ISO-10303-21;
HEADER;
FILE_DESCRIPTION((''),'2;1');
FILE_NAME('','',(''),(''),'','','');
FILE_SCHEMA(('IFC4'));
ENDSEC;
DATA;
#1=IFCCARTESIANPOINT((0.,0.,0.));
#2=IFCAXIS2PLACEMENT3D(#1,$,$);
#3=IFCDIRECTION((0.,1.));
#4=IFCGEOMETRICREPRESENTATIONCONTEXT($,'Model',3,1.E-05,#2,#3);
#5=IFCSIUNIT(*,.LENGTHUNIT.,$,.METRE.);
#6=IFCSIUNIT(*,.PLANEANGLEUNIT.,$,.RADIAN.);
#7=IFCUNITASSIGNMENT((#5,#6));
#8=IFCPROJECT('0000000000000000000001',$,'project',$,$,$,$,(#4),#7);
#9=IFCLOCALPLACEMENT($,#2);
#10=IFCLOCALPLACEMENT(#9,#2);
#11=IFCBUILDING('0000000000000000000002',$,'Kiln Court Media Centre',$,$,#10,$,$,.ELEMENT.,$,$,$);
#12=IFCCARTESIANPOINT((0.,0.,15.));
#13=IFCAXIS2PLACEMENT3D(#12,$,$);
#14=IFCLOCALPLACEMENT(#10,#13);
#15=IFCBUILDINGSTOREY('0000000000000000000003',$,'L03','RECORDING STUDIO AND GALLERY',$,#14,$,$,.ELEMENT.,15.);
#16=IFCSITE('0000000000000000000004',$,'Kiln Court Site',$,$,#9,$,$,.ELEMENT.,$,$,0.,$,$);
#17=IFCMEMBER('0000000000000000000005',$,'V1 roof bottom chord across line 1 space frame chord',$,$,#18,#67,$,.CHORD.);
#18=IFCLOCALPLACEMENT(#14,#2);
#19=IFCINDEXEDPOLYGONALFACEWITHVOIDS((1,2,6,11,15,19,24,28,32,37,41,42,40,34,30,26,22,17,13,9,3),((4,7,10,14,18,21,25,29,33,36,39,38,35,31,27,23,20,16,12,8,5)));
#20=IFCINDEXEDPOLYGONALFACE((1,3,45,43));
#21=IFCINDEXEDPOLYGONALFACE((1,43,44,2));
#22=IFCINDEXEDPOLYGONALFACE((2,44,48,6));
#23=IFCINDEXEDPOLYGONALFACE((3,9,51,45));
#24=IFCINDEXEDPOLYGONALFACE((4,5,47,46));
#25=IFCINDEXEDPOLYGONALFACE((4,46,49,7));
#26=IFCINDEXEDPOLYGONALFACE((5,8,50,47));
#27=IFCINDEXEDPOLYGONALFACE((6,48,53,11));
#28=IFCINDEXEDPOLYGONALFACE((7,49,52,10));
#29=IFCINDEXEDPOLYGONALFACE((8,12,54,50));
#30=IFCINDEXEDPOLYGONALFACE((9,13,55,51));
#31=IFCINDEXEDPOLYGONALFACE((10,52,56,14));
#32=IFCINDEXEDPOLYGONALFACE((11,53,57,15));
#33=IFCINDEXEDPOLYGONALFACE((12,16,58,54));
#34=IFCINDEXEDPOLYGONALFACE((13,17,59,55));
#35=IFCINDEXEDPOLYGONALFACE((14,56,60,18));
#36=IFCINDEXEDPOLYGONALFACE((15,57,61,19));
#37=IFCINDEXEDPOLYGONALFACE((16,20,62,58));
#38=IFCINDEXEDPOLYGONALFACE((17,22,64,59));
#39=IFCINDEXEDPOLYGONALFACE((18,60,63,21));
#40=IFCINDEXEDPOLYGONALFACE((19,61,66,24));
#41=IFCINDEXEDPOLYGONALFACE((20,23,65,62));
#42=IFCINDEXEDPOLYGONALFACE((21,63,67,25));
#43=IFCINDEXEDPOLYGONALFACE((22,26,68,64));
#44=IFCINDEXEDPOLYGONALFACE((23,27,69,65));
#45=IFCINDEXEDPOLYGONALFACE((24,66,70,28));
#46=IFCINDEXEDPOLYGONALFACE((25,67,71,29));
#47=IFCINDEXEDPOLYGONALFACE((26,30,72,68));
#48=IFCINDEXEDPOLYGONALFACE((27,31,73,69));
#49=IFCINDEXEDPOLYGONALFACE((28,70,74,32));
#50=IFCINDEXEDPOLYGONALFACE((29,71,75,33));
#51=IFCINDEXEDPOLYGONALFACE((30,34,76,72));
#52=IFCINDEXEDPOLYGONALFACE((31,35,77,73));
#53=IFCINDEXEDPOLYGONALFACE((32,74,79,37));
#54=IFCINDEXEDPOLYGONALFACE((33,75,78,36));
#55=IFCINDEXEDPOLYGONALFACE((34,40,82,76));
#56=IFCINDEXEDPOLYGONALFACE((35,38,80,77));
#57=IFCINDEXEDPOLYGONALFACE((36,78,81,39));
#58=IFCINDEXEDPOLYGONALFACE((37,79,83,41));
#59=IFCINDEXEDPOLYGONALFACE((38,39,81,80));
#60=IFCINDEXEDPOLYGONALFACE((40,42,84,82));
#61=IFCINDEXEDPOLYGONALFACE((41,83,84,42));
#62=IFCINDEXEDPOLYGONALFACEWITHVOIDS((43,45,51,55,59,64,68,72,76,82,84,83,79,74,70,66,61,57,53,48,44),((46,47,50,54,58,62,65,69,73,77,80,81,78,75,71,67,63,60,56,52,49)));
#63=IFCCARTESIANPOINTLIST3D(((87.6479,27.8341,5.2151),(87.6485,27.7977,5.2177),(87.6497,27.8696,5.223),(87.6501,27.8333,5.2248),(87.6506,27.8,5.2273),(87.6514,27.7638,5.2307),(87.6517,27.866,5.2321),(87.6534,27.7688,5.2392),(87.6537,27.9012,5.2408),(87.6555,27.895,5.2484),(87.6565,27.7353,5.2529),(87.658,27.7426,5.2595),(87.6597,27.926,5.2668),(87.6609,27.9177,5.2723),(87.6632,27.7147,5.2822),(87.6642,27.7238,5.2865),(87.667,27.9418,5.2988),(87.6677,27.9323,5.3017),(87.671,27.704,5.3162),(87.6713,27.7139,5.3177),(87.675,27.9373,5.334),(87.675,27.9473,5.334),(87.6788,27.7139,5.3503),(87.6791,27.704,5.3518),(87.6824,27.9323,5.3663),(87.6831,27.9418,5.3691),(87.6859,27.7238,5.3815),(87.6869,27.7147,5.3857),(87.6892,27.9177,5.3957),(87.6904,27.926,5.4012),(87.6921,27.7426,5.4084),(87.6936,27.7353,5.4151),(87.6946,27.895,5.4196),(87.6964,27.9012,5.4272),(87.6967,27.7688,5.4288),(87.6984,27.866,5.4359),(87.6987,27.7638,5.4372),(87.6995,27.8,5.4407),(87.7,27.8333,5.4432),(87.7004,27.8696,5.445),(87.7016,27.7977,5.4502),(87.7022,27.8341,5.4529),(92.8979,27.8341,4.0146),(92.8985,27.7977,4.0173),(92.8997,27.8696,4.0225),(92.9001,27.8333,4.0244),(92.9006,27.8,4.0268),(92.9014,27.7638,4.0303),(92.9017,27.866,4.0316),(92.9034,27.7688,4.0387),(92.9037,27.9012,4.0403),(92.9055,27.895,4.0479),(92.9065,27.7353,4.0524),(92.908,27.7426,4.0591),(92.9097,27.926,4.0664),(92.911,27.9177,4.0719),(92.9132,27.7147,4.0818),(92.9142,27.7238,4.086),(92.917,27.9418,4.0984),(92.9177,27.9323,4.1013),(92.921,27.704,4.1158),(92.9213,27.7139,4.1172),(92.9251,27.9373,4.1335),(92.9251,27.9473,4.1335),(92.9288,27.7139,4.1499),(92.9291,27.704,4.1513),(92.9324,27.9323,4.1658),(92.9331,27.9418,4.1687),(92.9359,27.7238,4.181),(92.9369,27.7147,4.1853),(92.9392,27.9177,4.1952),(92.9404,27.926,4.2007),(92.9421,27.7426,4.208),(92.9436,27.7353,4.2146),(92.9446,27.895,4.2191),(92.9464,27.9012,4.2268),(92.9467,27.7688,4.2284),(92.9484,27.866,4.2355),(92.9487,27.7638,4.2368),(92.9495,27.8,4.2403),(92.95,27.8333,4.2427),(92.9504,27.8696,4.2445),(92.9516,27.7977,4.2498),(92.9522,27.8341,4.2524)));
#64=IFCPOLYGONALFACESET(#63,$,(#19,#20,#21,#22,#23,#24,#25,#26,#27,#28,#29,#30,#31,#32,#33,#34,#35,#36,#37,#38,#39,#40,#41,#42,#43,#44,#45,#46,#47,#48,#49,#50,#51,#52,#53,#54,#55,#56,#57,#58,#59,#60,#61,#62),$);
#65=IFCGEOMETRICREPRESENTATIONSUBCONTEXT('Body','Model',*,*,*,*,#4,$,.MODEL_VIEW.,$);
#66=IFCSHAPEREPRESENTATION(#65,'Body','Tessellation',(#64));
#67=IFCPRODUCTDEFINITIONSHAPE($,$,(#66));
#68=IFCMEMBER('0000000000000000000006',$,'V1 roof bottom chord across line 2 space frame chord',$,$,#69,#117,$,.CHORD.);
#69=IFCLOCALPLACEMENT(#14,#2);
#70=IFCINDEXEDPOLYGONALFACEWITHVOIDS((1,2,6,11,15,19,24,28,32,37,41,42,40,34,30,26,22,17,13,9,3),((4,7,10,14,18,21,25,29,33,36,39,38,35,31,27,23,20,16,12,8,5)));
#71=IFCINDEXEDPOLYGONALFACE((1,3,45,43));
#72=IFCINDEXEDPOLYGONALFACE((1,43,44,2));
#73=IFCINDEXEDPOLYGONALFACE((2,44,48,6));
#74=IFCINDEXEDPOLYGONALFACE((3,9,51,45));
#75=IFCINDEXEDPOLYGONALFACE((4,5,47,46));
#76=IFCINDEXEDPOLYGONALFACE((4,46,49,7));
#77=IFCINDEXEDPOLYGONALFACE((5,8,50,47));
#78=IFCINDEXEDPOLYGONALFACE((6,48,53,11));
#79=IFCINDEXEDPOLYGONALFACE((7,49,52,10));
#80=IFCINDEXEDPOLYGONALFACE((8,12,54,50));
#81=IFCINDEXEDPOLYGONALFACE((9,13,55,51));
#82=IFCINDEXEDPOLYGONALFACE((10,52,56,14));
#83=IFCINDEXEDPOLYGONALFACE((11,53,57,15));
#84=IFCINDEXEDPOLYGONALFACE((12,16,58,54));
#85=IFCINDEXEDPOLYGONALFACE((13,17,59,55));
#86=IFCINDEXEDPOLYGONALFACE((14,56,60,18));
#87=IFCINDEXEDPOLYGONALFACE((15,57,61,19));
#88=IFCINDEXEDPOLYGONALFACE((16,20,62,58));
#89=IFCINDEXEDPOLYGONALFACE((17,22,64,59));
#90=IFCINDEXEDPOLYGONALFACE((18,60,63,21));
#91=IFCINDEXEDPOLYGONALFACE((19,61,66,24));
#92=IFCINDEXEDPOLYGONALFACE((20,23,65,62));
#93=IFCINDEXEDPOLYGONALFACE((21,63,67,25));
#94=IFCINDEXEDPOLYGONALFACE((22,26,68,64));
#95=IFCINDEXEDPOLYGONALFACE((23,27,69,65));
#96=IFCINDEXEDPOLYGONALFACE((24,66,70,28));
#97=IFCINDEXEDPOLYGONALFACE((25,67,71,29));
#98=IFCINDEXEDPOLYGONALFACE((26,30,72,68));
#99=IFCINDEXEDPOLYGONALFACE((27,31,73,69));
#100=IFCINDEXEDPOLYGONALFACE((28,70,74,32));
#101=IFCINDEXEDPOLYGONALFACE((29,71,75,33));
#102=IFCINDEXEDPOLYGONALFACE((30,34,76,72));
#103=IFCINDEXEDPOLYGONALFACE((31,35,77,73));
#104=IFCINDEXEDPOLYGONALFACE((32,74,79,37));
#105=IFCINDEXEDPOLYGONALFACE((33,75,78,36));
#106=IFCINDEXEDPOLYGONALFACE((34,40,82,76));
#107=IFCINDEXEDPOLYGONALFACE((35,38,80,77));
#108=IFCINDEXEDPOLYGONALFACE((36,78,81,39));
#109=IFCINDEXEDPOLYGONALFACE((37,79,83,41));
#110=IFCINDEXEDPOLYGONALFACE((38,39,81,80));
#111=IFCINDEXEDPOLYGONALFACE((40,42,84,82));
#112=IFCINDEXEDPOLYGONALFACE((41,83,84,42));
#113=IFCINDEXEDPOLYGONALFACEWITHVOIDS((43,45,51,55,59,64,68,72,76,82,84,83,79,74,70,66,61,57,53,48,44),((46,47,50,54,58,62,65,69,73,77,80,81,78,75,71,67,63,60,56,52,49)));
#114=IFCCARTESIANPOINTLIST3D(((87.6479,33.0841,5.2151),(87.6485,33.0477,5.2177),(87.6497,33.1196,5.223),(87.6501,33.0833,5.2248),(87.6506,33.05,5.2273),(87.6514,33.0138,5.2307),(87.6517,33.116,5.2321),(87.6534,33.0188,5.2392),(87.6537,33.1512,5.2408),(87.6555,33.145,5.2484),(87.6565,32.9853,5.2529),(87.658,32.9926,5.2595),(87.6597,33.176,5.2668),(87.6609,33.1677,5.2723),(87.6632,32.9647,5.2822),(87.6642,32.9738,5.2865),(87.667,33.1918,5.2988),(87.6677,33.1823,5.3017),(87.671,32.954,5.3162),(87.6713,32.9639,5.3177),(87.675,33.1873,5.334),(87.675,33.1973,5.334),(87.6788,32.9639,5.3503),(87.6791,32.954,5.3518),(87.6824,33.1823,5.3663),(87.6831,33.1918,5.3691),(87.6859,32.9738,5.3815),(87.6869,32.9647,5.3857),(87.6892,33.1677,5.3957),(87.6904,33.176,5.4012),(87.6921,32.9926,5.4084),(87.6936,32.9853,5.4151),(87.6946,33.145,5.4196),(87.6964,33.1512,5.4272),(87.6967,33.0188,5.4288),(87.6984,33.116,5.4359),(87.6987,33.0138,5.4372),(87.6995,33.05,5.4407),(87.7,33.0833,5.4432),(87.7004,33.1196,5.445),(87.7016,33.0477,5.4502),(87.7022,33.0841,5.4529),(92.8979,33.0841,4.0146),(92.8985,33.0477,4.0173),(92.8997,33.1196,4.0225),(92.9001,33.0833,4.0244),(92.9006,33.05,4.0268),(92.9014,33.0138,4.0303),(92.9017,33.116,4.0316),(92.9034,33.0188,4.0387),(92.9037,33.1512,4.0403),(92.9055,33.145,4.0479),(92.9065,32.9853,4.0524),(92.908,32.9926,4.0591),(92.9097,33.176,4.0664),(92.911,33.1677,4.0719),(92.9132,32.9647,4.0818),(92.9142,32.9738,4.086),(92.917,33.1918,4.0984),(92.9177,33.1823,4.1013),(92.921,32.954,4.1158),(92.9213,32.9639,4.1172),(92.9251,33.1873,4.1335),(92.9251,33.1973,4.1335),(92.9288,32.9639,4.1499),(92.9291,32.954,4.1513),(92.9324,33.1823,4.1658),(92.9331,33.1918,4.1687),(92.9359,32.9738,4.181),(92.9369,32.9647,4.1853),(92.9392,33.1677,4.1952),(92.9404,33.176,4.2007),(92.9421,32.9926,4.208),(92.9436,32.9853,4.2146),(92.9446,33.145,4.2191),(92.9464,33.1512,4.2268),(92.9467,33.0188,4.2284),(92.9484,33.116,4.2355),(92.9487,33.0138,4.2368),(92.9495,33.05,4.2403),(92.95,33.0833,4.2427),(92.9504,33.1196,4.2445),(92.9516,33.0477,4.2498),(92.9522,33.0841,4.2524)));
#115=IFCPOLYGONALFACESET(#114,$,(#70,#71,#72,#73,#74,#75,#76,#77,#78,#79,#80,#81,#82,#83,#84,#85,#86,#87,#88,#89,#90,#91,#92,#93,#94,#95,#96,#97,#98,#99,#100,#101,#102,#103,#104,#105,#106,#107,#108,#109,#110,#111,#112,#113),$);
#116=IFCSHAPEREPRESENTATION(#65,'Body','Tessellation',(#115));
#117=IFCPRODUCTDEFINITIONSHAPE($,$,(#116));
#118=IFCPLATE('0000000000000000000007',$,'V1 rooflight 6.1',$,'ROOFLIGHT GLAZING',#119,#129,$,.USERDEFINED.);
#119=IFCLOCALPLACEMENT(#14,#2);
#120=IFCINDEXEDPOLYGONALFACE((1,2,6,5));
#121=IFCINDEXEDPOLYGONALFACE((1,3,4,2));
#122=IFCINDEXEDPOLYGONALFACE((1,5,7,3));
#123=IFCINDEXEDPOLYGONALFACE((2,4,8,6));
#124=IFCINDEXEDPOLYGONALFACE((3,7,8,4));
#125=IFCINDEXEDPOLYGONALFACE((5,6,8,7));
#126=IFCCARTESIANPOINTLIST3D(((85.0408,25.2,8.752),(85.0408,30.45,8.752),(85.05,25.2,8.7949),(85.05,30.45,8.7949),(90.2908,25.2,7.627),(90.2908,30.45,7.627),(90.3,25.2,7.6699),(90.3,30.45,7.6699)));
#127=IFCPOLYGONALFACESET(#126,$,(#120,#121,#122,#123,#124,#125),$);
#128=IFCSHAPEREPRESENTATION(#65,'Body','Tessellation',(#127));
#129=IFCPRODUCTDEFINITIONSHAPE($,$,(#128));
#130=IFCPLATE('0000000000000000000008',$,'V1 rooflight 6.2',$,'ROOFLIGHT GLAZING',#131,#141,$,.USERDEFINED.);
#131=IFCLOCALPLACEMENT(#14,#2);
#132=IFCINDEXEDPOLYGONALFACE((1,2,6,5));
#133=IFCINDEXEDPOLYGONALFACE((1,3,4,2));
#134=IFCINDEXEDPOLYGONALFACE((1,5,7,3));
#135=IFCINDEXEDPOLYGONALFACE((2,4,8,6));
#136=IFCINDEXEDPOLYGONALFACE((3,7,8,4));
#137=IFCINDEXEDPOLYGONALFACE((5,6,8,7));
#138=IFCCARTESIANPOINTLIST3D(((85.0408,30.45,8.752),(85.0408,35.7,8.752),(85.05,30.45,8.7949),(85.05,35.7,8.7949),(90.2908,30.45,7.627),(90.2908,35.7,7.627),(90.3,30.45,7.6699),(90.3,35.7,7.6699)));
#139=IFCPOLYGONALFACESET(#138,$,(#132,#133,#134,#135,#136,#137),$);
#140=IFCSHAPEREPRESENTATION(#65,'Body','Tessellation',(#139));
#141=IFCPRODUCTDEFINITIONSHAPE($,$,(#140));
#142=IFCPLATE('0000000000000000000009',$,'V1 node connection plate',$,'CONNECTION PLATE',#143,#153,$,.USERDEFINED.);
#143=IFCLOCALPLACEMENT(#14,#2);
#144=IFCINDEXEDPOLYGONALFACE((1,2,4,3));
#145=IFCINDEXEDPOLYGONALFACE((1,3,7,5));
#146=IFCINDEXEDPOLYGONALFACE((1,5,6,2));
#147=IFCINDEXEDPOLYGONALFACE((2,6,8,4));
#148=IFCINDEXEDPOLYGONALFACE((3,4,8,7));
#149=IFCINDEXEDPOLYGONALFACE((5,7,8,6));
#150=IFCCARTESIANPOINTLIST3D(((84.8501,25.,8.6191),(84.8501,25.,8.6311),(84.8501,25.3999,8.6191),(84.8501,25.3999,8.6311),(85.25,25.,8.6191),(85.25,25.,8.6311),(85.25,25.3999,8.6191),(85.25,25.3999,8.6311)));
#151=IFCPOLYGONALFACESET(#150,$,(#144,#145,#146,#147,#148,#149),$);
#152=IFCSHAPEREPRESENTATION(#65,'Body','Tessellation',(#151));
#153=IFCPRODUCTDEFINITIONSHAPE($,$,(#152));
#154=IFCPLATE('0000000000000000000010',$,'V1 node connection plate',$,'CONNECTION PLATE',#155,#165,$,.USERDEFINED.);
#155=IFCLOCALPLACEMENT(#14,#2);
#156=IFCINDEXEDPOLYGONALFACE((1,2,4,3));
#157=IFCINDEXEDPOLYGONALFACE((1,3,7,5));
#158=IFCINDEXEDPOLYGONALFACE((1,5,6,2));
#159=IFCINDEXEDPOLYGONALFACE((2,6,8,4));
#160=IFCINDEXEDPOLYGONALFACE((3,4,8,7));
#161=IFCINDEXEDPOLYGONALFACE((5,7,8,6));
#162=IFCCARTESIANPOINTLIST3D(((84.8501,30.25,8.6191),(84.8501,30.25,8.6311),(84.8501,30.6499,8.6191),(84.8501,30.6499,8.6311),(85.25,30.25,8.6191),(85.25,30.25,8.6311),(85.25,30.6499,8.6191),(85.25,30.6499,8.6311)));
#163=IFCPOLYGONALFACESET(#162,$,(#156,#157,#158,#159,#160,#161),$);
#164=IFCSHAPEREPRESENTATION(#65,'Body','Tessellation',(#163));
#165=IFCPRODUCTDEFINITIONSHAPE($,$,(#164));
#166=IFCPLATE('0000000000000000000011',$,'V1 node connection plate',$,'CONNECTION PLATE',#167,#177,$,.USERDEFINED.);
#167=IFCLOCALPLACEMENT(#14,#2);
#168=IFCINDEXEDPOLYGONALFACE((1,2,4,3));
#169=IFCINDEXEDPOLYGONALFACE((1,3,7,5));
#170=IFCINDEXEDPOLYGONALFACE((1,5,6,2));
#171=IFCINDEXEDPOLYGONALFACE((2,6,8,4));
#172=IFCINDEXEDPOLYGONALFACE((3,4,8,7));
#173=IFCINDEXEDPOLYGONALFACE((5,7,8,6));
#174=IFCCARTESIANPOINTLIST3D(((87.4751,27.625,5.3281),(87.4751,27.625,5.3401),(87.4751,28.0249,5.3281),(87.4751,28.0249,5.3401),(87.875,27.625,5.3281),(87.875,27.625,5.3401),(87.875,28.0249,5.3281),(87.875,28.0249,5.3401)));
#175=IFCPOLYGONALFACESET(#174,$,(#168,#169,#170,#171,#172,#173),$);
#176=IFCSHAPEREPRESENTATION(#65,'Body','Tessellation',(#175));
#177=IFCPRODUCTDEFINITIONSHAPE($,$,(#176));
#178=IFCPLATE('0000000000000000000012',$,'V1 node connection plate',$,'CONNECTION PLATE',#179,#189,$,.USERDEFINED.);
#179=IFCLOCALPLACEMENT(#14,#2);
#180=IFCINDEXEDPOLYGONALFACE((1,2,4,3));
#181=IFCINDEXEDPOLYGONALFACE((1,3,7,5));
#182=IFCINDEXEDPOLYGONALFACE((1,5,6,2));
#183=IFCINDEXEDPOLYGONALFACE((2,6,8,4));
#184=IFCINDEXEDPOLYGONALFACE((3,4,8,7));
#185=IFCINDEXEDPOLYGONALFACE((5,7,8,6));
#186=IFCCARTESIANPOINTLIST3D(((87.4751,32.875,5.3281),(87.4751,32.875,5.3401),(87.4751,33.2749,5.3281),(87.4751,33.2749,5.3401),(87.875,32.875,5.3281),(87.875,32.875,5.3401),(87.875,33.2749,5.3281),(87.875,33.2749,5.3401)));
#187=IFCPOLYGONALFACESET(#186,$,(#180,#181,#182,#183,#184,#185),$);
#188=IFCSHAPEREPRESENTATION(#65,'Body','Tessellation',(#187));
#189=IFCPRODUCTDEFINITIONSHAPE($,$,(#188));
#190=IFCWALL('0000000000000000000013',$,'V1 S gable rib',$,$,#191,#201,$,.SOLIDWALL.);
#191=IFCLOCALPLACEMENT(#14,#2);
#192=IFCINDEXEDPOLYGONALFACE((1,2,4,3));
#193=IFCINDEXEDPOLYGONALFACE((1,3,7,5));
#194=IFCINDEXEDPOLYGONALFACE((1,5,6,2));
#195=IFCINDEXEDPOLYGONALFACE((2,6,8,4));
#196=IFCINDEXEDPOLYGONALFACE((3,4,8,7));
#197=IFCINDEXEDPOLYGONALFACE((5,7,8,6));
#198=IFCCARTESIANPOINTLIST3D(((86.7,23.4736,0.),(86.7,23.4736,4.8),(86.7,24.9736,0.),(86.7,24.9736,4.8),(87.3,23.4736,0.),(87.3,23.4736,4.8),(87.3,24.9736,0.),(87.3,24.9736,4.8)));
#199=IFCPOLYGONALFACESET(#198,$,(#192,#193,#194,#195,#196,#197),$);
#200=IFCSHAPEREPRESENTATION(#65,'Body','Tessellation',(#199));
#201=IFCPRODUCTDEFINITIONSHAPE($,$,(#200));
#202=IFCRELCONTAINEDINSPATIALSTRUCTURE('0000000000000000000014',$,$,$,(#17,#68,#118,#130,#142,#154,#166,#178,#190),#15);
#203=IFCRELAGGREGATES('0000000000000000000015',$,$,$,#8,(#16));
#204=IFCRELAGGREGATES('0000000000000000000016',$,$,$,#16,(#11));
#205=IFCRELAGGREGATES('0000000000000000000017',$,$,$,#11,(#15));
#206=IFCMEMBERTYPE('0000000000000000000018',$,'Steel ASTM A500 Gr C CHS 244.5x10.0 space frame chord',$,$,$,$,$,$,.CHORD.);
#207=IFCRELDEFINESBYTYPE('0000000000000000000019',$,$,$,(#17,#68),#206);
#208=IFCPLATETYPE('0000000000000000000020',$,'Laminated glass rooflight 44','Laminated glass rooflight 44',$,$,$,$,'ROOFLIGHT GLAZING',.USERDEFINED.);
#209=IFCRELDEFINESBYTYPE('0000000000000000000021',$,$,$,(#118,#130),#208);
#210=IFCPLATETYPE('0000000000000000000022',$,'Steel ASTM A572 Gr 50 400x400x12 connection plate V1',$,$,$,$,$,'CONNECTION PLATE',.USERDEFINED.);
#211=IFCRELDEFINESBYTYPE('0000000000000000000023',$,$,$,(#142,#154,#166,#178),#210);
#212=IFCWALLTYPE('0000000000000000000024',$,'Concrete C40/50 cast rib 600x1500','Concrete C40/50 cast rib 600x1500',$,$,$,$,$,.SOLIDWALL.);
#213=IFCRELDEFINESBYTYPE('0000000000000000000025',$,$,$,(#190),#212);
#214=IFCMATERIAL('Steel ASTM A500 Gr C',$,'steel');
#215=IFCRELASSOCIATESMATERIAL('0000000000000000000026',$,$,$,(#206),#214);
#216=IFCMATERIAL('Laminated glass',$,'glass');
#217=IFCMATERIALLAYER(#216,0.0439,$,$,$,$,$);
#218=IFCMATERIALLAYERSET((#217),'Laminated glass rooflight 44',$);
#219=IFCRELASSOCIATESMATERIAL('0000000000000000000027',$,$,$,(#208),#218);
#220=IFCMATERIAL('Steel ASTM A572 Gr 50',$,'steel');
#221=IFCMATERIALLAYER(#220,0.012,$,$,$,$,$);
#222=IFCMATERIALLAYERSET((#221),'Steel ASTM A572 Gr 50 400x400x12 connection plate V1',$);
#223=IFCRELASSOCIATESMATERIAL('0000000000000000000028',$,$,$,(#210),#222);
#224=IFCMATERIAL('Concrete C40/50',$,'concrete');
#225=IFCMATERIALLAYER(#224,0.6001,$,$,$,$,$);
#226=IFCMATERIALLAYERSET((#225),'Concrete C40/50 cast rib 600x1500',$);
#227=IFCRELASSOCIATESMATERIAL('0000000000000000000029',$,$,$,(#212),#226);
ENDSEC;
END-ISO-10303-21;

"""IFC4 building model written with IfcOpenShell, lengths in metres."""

from ifc_helpers import new_model, si_unit, direction, frame, frame_2d, origin, origin_2d, place, context, subcontext, project, spatial, polyline, rectangle, hollow_circle, outline, extrude, material, layer, layer_set, material_profile, profile_set, type_object, element, save


model = new_model("IFC4")

# Units and contexts
model_context = context("Model", 3, precision=1e-05, world=origin(), true_north=direction((0.0, 1.0)))
body_context = subcontext(model_context, "Body", "Model", "MODEL_VIEW")
ifc_project = project(units=[si_unit("LENGTHUNIT", "METRE"), si_unit("PLANEANGLEUNIT", "RADIAN")], contexts=[model_context])

# Site, building, storey
site_placement = place(None, origin())
site = spatial("IfcSite", under=ifc_project, at=site_placement, Name="Kiln Court Site", CompositionType="ELEMENT", RefElevation=0.0)
building_placement = place(site_placement, origin())
building = spatial("IfcBuilding", under=site, at=building_placement, Name="Kiln Court Media Centre", CompositionType="ELEMENT")
storey_placement = place(building_placement, frame((0.0, 0.0, 15.0)))
storey = spatial("IfcBuildingStorey", under=building, at=storey_placement, Name="L03", Description="RECORDING STUDIO AND GALLERY", CompositionType="ELEMENT", Elevation=15.0)

# Members
ifc_material_1 = material(Name="Steel ASTM A500 Gr C", Category="steel")
ifc_material_profile_1 = material_profile(ifc_material_1, hollow_circle(Radius=0.1223, WallThickness=0.01, at=origin_2d()), Name="CHS 244.5x10.0")
ifc_profile_set_1 = profile_set([ifc_material_profile_1], Name="Steel ASTM A500 Gr C")
member_type_1 = type_object("IfcMemberType", Name="Steel ASTM A500 Gr C CHS 244.5x10.0 space frame chord", PredefinedType="CHORD", material=ifc_profile_set_1)
for number, where, z_axis, x_axis, name in (
    (1, (87.675, 27.825, 5.334), (0.974841, 0.0, -0.222902), (0.0, 1.0, 0.0), "V1 roof bottom chord across line 1 space frame chord"),
    (2, (87.675, 33.075, 5.334), (0.974841, 0.0, -0.222902), (0.0, 1.0, 0.0), "V1 roof bottom chord across line 2 space frame chord"),
):
    element("IfcMember", number, at=place(storey_placement, frame(where, z_axis=z_axis, x_axis=x_axis)), inside=storey, type_object=member_type_1, Name=name, PredefinedType="CHORD", context=body_context, shape_type="SweptSolid", body=[
        extrude(hollow_circle(Radius=0.1223, WallThickness=0.01, at=origin_2d()), origin(), (0.0, 0.0, 1.0), 5.3855),
    ])

# Plates
ifc_material_2 = material(Name="Laminated glass", Category="glass")
ifc_layer_1 = layer(ifc_material_2, 0.0439)
ifc_layer_set_1 = layer_set([ifc_layer_1], Name="Laminated glass rooflight 44")
plate_type_1 = type_object("IfcPlateType", Name="Laminated glass rooflight 44", Description="Laminated glass rooflight 44", ElementType="ROOFLIGHT GLAZING", PredefinedType="USERDEFINED", material=ifc_layer_set_1)
for number, where, z_axis, x_axis, name in (
    (3, (85.05, 25.2, 8.7949), (0.209529, 0.0, 0.977802), (0.977802, 0.0, -0.209529), "V1 rooflight 6.1"),
    (4, (85.05, 30.45, 8.7949), (0.209529, 0.0, 0.977802), (0.977802, 0.0, -0.209529), "V1 rooflight 6.2"),
):
    element("IfcPlate", number, at=place(storey_placement, frame(where, z_axis=z_axis, x_axis=x_axis)), inside=storey, type_object=plate_type_1, Name=name, ObjectType="ROOFLIGHT GLAZING", PredefinedType="USERDEFINED", context=body_context, shape_type="SweptSolid", body=[
        extrude(outline(polyline([(0.0, 0.0), (5.3692, 0.0), (5.3692, 5.25), (0.0, 5.25), (0.0, 0.0)])), origin(), (0.0, 0.0, -1.0), 0.0439),
    ])
ifc_material_3 = material(Name="Steel ASTM A572 Gr 50", Category="steel")
ifc_layer_2 = layer(ifc_material_3, 0.012)
ifc_layer_set_2 = layer_set([ifc_layer_2], Name="Steel ASTM A572 Gr 50 400x400x12 connection plate V1")
plate_type_2 = type_object("IfcPlateType", Name="Steel ASTM A572 Gr 50 400x400x12 connection plate V1", ElementType="CONNECTION PLATE", PredefinedType="USERDEFINED", material=ifc_layer_set_2)
for number, where, z_axis, x_axis, name in (
    (5, (85.05, 25.2, 8.6191), (0.0, 0.0, 1.0), (1.0, 0.0, 0.0), "V1 node connection plate"),
    (6, (85.05, 30.45, 8.6191), (0.0, 0.0, 1.0), (1.0, 0.0, 0.0), "V1 node connection plate"),
    (7, (87.675, 27.825, 5.3281), (0.0, 0.0, 1.0), (1.0, 0.0, 0.0), "V1 node connection plate"),
    (8, (87.675, 33.075, 5.3281), (0.0, 0.0, 1.0), (1.0, 0.0, 0.0), "V1 node connection plate"),
):
    element("IfcPlate", number, at=place(storey_placement, frame(where, z_axis=z_axis, x_axis=x_axis)), inside=storey, type_object=plate_type_2, Name=name, ObjectType="CONNECTION PLATE", PredefinedType="USERDEFINED", context=body_context, shape_type="SweptSolid", body=[
        extrude(rectangle(XDim=0.3999, YDim=0.3999, at=origin_2d()), origin(), (0.0, 0.0, 1.0), 0.012),
    ])

# Wall
ifc_material_4 = material(Name="Concrete C40/50", Category="concrete")
ifc_layer_3 = layer(ifc_material_4, 0.6001)
ifc_layer_set_3 = layer_set([ifc_layer_3], Name="Concrete C40/50 cast rib 600x1500")
wall_type = type_object("IfcWallType", Name="Concrete C40/50 cast rib 600x1500", Description="Concrete C40/50 cast rib 600x1500", PredefinedType="SOLIDWALL", material=ifc_layer_set_3)
wall_placement = place(storey_placement, frame((87.0, 24.9736, 0.0), z_axis=(0.0, 0.0, 1.0), x_axis=(0.0, -1.0, 0.0)))
element("IfcWall", 9, at=wall_placement, inside=storey, type_object=wall_type, Name="V1 S gable rib", PredefinedType="SOLIDWALL", context=body_context, shape_type="SweptSolid", body=[
    extrude(rectangle(XDim=1.5, YDim=0.6001, at=frame_2d((0.75, 0.0))), origin(), (0.0, 0.0, 1.0), 4.8),
])

save(model, "model.ifc")
